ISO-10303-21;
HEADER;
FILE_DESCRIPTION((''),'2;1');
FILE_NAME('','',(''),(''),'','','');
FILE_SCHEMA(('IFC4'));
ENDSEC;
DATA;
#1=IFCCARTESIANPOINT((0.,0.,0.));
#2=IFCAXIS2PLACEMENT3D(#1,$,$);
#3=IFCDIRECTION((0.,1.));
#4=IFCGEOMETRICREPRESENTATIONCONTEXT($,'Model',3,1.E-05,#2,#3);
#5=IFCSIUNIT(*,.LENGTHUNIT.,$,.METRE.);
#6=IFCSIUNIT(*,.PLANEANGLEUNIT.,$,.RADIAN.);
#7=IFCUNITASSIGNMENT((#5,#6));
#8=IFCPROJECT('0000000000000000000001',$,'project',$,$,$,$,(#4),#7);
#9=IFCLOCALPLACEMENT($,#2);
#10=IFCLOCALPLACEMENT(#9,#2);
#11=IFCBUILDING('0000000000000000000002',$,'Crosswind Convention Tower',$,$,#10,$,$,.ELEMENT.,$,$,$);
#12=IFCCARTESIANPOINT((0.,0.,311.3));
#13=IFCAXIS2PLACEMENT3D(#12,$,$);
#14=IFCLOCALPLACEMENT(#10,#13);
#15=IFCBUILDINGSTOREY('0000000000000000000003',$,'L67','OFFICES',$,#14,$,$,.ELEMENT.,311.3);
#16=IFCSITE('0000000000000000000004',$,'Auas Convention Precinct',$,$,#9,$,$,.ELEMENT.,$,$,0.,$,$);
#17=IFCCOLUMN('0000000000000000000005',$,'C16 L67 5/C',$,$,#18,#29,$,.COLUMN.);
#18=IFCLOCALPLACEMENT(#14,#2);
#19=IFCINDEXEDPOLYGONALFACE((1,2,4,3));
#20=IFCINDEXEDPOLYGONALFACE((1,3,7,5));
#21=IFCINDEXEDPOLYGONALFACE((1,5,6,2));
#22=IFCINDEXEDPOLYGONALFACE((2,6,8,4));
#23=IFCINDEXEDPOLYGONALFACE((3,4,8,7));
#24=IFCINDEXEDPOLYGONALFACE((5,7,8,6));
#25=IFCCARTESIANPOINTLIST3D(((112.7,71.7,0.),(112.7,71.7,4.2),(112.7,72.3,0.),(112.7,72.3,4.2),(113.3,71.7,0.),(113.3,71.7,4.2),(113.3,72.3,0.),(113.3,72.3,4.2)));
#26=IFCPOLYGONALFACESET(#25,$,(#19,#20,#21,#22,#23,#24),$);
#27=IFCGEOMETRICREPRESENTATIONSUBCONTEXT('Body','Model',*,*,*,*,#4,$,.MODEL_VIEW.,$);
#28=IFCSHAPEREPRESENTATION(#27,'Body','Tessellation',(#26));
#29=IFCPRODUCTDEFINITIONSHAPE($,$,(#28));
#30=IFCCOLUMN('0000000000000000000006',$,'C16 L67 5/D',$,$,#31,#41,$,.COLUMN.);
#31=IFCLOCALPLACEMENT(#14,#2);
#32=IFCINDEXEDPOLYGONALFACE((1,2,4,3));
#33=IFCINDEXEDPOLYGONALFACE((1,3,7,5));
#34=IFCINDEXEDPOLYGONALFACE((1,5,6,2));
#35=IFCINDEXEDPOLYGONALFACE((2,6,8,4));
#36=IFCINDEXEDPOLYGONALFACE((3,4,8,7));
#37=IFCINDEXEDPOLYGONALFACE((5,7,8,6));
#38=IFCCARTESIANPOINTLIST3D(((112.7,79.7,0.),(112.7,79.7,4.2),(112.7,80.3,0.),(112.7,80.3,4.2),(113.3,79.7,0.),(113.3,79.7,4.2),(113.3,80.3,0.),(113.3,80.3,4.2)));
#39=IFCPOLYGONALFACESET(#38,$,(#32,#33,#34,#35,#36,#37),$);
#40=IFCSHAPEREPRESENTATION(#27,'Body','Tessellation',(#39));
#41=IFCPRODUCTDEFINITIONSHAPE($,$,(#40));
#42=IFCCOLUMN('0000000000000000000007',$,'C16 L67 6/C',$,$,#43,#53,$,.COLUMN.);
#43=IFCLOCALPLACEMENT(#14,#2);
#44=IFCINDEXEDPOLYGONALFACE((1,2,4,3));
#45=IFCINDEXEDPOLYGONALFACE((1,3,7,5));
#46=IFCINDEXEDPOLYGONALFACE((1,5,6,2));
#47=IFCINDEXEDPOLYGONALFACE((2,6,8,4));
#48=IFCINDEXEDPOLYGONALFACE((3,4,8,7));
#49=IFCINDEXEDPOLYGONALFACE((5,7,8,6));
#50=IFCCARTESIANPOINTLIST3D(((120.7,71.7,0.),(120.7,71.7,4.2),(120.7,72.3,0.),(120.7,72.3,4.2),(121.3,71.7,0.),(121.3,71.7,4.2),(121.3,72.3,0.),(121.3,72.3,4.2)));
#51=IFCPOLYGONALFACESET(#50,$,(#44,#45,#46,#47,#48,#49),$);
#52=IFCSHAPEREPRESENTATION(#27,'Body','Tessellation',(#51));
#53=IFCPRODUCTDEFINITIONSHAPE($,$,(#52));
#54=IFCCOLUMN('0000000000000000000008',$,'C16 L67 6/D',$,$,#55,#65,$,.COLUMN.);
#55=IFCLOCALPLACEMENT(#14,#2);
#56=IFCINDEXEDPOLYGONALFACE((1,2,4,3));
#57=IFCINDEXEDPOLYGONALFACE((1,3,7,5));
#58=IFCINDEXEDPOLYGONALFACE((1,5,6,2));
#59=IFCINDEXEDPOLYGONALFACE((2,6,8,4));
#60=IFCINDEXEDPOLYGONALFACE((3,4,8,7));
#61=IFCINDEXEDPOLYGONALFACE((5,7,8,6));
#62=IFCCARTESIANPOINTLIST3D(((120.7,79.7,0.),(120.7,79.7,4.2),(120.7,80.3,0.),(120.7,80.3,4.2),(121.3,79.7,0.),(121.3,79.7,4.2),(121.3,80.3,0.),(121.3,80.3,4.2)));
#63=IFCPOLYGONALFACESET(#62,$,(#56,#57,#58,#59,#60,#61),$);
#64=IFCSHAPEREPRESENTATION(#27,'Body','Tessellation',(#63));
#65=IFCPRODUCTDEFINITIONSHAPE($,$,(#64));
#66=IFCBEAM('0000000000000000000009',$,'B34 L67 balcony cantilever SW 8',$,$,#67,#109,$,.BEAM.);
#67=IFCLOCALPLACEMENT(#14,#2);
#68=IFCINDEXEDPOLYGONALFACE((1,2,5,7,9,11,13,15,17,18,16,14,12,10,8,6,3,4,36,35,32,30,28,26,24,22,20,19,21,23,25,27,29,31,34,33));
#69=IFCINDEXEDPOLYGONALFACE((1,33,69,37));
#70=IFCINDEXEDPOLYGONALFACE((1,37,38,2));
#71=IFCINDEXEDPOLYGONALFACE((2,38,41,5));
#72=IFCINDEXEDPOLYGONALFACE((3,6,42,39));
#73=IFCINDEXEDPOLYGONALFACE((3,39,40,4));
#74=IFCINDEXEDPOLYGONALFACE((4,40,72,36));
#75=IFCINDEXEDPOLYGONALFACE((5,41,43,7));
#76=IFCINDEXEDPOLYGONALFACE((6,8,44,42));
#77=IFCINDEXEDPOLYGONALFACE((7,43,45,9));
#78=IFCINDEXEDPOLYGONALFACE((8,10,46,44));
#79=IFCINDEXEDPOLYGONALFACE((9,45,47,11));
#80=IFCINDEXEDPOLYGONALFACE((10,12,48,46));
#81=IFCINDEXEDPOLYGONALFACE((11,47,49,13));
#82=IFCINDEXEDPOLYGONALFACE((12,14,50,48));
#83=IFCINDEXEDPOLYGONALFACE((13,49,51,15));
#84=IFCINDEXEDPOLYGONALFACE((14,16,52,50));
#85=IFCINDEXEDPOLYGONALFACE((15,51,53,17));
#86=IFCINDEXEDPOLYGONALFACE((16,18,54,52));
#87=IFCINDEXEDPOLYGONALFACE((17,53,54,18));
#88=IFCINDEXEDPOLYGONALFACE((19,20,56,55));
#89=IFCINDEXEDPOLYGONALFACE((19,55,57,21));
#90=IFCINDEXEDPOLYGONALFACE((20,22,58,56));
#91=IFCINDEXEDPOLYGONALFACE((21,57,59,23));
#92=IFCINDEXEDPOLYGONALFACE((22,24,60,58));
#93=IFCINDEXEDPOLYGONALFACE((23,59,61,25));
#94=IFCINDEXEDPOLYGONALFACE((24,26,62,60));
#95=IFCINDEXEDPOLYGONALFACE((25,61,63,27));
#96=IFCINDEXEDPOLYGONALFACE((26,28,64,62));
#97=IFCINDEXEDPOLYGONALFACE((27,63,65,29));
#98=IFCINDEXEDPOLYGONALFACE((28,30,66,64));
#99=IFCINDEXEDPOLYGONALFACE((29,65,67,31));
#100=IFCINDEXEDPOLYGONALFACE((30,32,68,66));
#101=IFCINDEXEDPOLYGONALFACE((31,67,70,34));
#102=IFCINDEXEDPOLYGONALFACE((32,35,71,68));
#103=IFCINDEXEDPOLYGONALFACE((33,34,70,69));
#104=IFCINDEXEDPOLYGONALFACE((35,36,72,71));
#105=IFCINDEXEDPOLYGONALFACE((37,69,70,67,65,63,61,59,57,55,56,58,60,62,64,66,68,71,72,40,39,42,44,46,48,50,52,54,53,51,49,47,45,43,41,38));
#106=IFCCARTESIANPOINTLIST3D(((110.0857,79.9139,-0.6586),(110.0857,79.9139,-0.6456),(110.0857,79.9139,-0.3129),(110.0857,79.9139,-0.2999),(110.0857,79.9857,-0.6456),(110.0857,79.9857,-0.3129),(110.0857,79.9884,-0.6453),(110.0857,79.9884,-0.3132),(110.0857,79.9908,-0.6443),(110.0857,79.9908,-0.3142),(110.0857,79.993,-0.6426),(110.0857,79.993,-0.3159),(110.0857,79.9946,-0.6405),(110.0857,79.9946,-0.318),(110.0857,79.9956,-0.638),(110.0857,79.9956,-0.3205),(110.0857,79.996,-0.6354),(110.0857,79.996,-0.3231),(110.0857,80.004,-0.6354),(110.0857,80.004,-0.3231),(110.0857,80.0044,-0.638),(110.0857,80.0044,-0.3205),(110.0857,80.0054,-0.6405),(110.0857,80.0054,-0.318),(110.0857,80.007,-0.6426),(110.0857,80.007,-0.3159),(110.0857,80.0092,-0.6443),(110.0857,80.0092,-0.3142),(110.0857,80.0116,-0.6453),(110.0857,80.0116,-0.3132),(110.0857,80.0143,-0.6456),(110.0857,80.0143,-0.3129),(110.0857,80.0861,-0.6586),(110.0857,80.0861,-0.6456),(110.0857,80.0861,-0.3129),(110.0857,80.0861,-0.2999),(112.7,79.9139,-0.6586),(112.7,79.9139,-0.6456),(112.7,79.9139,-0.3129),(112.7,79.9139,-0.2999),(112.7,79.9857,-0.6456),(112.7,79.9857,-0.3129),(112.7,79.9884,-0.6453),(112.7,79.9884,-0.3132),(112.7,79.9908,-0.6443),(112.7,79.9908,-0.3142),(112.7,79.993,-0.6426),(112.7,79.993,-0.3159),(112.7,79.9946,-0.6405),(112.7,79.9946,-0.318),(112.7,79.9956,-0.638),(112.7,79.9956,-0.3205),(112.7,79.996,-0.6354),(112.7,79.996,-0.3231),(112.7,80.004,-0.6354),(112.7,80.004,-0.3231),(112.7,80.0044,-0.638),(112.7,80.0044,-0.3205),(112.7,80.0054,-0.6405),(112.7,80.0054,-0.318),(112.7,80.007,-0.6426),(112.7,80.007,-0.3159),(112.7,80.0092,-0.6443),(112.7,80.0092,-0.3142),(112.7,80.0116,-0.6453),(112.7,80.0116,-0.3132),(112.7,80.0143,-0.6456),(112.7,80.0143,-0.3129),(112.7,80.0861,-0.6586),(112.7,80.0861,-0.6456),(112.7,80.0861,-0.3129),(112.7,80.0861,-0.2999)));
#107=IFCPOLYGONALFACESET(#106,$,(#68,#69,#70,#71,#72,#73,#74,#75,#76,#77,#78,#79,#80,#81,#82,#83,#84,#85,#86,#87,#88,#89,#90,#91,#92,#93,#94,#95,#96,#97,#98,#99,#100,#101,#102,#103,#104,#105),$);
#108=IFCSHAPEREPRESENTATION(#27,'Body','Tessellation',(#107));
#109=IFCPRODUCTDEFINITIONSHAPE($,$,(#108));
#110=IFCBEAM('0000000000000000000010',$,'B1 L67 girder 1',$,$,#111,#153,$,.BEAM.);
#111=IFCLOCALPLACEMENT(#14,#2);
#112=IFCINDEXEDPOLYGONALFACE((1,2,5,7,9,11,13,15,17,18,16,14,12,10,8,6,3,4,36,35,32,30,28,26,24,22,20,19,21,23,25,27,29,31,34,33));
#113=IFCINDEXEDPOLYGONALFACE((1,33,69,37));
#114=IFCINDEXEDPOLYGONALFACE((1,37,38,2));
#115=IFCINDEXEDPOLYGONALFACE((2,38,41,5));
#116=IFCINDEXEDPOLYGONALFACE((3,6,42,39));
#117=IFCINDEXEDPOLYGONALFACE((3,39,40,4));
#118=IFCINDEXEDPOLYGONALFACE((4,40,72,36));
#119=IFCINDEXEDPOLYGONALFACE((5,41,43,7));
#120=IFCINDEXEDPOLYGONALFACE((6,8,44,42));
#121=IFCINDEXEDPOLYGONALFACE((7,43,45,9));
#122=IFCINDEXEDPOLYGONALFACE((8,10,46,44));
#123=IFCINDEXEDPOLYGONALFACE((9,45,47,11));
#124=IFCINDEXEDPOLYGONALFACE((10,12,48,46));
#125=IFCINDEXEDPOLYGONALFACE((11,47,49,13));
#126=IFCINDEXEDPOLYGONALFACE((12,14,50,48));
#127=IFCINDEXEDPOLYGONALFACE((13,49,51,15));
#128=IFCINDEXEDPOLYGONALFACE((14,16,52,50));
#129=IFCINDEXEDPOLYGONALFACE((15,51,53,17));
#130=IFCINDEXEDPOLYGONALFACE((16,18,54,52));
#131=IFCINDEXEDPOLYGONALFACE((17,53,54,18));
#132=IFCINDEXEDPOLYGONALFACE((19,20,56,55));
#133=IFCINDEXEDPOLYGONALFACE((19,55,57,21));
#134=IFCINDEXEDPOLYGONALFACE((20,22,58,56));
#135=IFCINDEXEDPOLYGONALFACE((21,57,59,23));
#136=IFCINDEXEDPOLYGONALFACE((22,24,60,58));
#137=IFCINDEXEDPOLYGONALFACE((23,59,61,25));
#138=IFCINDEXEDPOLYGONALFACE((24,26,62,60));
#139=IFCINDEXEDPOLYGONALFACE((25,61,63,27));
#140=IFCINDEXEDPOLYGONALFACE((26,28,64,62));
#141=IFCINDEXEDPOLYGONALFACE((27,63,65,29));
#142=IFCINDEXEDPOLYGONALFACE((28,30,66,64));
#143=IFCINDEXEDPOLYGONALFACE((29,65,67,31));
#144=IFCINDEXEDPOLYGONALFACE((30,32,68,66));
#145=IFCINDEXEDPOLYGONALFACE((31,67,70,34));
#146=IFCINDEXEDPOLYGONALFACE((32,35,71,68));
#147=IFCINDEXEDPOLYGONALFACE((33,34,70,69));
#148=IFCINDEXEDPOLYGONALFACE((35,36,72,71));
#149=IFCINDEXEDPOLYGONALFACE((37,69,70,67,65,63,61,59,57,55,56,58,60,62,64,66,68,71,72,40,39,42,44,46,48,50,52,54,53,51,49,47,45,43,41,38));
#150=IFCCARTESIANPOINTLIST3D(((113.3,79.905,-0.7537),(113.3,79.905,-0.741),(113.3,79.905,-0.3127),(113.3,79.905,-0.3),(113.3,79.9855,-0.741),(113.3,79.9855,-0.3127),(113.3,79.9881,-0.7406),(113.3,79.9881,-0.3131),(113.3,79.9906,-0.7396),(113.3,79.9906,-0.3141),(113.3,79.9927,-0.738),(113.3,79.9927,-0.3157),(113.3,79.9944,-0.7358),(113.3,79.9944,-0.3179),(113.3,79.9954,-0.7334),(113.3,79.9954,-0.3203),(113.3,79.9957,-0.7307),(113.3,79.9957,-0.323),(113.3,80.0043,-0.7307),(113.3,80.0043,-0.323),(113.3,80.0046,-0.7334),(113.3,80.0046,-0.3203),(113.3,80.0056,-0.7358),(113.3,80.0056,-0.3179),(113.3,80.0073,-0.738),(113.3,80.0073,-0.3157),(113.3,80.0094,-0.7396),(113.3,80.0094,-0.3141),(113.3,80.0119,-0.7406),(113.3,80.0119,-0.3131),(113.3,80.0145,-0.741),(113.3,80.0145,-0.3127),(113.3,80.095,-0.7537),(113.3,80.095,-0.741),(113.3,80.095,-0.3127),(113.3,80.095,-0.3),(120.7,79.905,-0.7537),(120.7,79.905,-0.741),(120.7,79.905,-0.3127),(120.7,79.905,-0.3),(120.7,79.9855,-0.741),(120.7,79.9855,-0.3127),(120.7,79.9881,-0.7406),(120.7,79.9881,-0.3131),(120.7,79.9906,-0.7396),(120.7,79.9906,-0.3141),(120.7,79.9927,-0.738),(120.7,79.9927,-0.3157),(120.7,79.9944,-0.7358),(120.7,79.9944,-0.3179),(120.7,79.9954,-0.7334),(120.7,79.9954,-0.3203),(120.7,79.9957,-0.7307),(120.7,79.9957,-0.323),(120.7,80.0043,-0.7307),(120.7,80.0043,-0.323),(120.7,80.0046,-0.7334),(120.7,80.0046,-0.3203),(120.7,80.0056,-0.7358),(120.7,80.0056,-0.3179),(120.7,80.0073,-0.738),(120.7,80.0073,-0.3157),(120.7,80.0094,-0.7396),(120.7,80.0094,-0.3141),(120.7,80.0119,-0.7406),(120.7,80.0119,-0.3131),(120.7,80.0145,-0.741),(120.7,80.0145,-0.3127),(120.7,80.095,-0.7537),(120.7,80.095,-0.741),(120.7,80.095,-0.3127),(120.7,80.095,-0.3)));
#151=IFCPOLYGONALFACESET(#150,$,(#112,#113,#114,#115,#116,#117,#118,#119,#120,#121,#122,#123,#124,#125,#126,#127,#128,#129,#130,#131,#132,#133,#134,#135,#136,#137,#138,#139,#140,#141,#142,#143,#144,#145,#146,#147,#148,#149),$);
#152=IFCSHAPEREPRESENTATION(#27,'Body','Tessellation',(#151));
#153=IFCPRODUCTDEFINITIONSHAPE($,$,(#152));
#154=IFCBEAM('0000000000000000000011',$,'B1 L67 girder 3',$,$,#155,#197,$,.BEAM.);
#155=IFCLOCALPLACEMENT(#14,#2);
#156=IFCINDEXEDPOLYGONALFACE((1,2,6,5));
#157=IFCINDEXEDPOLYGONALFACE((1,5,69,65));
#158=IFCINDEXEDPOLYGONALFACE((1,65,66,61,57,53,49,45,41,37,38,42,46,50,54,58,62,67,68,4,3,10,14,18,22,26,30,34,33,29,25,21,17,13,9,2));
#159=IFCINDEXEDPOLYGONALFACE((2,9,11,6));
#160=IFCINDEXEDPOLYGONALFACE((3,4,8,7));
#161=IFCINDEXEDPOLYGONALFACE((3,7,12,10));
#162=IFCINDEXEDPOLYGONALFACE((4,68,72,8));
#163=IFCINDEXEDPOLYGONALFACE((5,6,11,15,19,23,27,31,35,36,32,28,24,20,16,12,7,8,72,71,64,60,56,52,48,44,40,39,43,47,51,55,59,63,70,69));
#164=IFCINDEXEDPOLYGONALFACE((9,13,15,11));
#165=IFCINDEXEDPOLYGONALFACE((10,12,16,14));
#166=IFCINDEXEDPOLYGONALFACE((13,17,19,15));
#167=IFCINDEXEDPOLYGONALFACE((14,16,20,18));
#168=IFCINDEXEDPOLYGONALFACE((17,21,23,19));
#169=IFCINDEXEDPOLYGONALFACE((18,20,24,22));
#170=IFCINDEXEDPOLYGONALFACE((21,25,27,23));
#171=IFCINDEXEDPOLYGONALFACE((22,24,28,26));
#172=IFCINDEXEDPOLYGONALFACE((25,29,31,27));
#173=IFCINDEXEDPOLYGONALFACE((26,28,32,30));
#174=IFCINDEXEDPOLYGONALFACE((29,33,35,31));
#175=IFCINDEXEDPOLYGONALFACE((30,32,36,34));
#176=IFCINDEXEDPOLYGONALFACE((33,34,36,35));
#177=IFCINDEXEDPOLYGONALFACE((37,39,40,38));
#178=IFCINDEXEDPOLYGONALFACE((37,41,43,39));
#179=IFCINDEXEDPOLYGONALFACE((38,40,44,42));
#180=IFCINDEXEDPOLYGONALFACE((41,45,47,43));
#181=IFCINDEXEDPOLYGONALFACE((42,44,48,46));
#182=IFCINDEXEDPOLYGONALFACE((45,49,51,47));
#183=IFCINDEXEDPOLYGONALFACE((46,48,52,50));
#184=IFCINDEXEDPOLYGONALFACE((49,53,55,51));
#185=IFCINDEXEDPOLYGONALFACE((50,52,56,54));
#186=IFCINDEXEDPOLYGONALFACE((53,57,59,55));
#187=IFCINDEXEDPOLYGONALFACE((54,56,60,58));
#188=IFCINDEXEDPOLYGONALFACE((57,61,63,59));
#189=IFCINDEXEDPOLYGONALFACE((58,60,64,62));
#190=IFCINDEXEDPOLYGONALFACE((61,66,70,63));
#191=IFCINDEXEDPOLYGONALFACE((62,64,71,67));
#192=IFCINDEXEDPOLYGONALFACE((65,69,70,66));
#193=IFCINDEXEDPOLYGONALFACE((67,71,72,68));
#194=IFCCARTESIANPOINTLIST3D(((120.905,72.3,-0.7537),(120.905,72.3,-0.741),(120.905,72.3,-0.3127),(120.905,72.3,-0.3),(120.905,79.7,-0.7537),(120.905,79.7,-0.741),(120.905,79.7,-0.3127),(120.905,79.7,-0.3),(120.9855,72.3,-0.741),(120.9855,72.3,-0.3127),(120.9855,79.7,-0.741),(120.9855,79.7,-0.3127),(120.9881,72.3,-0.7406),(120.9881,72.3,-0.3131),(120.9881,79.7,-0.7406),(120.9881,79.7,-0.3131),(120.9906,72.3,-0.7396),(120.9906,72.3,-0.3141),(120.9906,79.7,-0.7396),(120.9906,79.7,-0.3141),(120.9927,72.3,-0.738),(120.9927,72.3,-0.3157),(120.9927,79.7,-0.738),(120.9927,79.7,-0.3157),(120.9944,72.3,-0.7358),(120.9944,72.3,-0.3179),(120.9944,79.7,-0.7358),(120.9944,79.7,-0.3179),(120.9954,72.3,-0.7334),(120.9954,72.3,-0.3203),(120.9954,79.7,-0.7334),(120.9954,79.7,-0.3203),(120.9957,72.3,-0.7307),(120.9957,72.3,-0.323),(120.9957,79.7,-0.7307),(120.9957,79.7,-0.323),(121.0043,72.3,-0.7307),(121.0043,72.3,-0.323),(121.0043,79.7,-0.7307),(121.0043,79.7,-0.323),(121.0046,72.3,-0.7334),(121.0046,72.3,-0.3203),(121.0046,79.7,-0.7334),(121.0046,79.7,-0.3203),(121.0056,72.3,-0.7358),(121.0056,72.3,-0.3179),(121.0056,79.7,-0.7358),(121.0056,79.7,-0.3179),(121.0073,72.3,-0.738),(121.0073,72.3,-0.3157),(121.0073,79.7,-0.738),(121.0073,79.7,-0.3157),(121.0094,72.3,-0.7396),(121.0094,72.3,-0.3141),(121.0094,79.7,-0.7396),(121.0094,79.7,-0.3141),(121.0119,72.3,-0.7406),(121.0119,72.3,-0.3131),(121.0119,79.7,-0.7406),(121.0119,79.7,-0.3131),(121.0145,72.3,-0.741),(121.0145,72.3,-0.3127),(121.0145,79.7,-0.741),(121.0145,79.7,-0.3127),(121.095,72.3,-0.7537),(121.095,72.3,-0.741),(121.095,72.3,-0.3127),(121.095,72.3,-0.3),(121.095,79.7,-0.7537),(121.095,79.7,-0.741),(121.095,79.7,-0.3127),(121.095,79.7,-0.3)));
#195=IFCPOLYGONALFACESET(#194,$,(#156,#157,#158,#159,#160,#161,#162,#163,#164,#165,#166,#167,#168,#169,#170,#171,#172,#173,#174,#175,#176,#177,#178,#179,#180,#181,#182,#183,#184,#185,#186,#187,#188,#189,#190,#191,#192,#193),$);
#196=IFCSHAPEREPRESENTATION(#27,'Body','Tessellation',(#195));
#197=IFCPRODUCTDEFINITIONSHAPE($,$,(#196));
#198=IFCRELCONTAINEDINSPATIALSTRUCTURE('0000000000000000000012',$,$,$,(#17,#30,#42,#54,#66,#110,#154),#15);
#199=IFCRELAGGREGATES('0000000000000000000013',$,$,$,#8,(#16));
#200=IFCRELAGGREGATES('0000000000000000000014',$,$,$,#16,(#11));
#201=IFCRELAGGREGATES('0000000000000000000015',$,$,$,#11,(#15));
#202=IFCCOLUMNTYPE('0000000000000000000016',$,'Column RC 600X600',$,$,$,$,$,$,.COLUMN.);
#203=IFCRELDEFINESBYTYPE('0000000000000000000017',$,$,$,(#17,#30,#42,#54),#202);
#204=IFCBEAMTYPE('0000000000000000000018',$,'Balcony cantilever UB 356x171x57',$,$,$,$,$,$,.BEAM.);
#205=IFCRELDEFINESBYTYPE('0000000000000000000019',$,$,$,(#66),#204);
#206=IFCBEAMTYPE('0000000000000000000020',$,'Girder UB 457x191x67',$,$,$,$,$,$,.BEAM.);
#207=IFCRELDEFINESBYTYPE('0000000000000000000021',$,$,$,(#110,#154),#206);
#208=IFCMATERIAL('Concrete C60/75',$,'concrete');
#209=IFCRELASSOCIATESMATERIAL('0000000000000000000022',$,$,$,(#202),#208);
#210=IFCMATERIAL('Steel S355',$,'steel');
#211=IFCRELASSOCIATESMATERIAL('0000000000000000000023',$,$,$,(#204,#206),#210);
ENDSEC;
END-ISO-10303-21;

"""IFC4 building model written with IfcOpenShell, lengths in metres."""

from ifc_helpers import new_model, si_unit, direction, frame, origin, origin_2d, place, context, subcontext, project, spatial, rectangle, i_section, extrude, material, material_profile, profile_set, type_object, element, save


model = new_model("IFC4")

# Units and contexts
model_context = context("Model", 3, precision=1e-05, world=origin(), true_north=direction((0.0, 1.0)))
body_context = subcontext(model_context, "Body", "Model", "MODEL_VIEW")
ifc_project = project(units=[si_unit("LENGTHUNIT", "METRE"), si_unit("PLANEANGLEUNIT", "RADIAN")], contexts=[model_context])

# Site, building, storey
site_placement = place(None, origin())
site = spatial("IfcSite", under=ifc_project, at=site_placement, Name="Auas Convention Precinct", CompositionType="ELEMENT", RefElevation=0.0)
building_placement = place(site_placement, origin())
building = spatial("IfcBuilding", under=site, at=building_placement, Name="Crosswind Convention Tower", CompositionType="ELEMENT")
storey_placement = place(building_placement, frame((0.0, 0.0, 311.3)))
storey = spatial("IfcBuildingStorey", under=building, at=storey_placement, Name="L67", Description="OFFICES", CompositionType="ELEMENT", Elevation=311.3)

# Columns
ifc_material_1 = material(Name="Concrete C60/75", Category="concrete")
ifc_material_profile_1 = material_profile(ifc_material_1, rectangle(XDim=0.6001, YDim=0.6001, at=origin_2d()), Name="RC 600X600")
ifc_profile_set_1 = profile_set([ifc_material_profile_1], Name="Concrete C60/75")
column_type = type_object("IfcColumnType", Name="Column RC 600X600", PredefinedType="COLUMN", material=ifc_profile_set_1)
for number, where, z_axis, x_axis, name in (
    (1, (113.0, 72.0, 0.0), (0.0, 0.0, 1.0), (1.0, 0.0, 0.0), "C16 L67 5/C"),
    (2, (113.0, 80.0, 0.0), (0.0, 0.0, 1.0), (1.0, 0.0, 0.0), "C16 L67 5/D"),
    (3, (121.0, 72.0, 0.0), (0.0, 0.0, 1.0), (1.0, 0.0, 0.0), "C16 L67 6/C"),
    (4, (121.0, 80.0, 0.0), (0.0, 0.0, 1.0), (1.0, 0.0, 0.0), "C16 L67 6/D"),
):
    element("IfcColumn", number, at=place(storey_placement, frame(where, z_axis=z_axis, x_axis=x_axis)), inside=storey, type_object=column_type, Name=name, PredefinedType="COLUMN", context=body_context, shape_type="SweptSolid", body=[
        extrude(rectangle(XDim=0.6001, YDim=0.6001, at=origin_2d()), origin(), (0.0, 0.0, 1.0), 4.2),
    ])

# Beams
ifc_material_2 = material(Name="Steel S355", Category="steel")
ifc_material_profile_2 = material_profile(ifc_material_2, i_section(OverallWidth=0.1721, OverallDepth=0.3586, WebThickness=0.0081, FlangeThickness=0.0129, FilletRadius=0.0103, at=origin_2d()), Name="UB 356x171x57")
ifc_profile_set_2 = profile_set([ifc_material_profile_2], Name="Steel S355")
beam_type_1 = type_object("IfcBeamType", Name="Balcony cantilever UB 356x171x57", PredefinedType="BEAM", material=ifc_profile_set_2)
beam_1_placement = place(storey_placement, frame((112.7, 80.0, -0.4792), z_axis=(-1.0, 0.0, 0.0), x_axis=(0.0, -1.0, 0.0)))
element("IfcBeam", 5, at=beam_1_placement, inside=storey, type_object=beam_type_1, Name="B34 L67 balcony cantilever SW 8", PredefinedType="BEAM", context=body_context, shape_type="SweptSolid", body=[
    extrude(i_section(OverallWidth=0.1721, OverallDepth=0.3586, WebThickness=0.0081, FlangeThickness=0.0129, FilletRadius=0.0103, at=origin_2d()), origin(), (0.0, 0.0, 1.0), 2.6143),
])
ifc_material_profile_3 = material_profile(ifc_material_2, i_section(OverallWidth=0.1899, OverallDepth=0.4536, WebThickness=0.0085, FlangeThickness=0.0127, FilletRadius=0.0103, at=origin_2d()), Name="UB 457x191x67")
ifc_profile_set_3 = profile_set([ifc_material_profile_3], Name="Steel S355")
beam_type_2 = type_object("IfcBeamType", Name="Girder UB 457x191x67", PredefinedType="BEAM", material=ifc_profile_set_3)
for number, where, z_axis, x_axis, name in (
    (6, (113.3, 80.0, -0.5269), (1.0, 0.0, 0.0), (0.0, 1.0, 0.0), "B1 L67 girder 1"),
    (7, (121.0, 72.3, -0.5269), (0.0, 1.0, 0.0), (-1.0, 0.0, 0.0), "B1 L67 girder 3"),
):
    element("IfcBeam", number, at=place(storey_placement, frame(where, z_axis=z_axis, x_axis=x_axis)), inside=storey, type_object=beam_type_2, Name=name, PredefinedType="BEAM", context=body_context, shape_type="SweptSolid", body=[
        extrude(i_section(OverallWidth=0.1899, OverallDepth=0.4536, WebThickness=0.0085, FlangeThickness=0.0127, FilletRadius=0.0103, at=origin_2d()), origin(), (0.0, 0.0, 1.0), 7.3999),
    ])

save(model, "model.ifc")
